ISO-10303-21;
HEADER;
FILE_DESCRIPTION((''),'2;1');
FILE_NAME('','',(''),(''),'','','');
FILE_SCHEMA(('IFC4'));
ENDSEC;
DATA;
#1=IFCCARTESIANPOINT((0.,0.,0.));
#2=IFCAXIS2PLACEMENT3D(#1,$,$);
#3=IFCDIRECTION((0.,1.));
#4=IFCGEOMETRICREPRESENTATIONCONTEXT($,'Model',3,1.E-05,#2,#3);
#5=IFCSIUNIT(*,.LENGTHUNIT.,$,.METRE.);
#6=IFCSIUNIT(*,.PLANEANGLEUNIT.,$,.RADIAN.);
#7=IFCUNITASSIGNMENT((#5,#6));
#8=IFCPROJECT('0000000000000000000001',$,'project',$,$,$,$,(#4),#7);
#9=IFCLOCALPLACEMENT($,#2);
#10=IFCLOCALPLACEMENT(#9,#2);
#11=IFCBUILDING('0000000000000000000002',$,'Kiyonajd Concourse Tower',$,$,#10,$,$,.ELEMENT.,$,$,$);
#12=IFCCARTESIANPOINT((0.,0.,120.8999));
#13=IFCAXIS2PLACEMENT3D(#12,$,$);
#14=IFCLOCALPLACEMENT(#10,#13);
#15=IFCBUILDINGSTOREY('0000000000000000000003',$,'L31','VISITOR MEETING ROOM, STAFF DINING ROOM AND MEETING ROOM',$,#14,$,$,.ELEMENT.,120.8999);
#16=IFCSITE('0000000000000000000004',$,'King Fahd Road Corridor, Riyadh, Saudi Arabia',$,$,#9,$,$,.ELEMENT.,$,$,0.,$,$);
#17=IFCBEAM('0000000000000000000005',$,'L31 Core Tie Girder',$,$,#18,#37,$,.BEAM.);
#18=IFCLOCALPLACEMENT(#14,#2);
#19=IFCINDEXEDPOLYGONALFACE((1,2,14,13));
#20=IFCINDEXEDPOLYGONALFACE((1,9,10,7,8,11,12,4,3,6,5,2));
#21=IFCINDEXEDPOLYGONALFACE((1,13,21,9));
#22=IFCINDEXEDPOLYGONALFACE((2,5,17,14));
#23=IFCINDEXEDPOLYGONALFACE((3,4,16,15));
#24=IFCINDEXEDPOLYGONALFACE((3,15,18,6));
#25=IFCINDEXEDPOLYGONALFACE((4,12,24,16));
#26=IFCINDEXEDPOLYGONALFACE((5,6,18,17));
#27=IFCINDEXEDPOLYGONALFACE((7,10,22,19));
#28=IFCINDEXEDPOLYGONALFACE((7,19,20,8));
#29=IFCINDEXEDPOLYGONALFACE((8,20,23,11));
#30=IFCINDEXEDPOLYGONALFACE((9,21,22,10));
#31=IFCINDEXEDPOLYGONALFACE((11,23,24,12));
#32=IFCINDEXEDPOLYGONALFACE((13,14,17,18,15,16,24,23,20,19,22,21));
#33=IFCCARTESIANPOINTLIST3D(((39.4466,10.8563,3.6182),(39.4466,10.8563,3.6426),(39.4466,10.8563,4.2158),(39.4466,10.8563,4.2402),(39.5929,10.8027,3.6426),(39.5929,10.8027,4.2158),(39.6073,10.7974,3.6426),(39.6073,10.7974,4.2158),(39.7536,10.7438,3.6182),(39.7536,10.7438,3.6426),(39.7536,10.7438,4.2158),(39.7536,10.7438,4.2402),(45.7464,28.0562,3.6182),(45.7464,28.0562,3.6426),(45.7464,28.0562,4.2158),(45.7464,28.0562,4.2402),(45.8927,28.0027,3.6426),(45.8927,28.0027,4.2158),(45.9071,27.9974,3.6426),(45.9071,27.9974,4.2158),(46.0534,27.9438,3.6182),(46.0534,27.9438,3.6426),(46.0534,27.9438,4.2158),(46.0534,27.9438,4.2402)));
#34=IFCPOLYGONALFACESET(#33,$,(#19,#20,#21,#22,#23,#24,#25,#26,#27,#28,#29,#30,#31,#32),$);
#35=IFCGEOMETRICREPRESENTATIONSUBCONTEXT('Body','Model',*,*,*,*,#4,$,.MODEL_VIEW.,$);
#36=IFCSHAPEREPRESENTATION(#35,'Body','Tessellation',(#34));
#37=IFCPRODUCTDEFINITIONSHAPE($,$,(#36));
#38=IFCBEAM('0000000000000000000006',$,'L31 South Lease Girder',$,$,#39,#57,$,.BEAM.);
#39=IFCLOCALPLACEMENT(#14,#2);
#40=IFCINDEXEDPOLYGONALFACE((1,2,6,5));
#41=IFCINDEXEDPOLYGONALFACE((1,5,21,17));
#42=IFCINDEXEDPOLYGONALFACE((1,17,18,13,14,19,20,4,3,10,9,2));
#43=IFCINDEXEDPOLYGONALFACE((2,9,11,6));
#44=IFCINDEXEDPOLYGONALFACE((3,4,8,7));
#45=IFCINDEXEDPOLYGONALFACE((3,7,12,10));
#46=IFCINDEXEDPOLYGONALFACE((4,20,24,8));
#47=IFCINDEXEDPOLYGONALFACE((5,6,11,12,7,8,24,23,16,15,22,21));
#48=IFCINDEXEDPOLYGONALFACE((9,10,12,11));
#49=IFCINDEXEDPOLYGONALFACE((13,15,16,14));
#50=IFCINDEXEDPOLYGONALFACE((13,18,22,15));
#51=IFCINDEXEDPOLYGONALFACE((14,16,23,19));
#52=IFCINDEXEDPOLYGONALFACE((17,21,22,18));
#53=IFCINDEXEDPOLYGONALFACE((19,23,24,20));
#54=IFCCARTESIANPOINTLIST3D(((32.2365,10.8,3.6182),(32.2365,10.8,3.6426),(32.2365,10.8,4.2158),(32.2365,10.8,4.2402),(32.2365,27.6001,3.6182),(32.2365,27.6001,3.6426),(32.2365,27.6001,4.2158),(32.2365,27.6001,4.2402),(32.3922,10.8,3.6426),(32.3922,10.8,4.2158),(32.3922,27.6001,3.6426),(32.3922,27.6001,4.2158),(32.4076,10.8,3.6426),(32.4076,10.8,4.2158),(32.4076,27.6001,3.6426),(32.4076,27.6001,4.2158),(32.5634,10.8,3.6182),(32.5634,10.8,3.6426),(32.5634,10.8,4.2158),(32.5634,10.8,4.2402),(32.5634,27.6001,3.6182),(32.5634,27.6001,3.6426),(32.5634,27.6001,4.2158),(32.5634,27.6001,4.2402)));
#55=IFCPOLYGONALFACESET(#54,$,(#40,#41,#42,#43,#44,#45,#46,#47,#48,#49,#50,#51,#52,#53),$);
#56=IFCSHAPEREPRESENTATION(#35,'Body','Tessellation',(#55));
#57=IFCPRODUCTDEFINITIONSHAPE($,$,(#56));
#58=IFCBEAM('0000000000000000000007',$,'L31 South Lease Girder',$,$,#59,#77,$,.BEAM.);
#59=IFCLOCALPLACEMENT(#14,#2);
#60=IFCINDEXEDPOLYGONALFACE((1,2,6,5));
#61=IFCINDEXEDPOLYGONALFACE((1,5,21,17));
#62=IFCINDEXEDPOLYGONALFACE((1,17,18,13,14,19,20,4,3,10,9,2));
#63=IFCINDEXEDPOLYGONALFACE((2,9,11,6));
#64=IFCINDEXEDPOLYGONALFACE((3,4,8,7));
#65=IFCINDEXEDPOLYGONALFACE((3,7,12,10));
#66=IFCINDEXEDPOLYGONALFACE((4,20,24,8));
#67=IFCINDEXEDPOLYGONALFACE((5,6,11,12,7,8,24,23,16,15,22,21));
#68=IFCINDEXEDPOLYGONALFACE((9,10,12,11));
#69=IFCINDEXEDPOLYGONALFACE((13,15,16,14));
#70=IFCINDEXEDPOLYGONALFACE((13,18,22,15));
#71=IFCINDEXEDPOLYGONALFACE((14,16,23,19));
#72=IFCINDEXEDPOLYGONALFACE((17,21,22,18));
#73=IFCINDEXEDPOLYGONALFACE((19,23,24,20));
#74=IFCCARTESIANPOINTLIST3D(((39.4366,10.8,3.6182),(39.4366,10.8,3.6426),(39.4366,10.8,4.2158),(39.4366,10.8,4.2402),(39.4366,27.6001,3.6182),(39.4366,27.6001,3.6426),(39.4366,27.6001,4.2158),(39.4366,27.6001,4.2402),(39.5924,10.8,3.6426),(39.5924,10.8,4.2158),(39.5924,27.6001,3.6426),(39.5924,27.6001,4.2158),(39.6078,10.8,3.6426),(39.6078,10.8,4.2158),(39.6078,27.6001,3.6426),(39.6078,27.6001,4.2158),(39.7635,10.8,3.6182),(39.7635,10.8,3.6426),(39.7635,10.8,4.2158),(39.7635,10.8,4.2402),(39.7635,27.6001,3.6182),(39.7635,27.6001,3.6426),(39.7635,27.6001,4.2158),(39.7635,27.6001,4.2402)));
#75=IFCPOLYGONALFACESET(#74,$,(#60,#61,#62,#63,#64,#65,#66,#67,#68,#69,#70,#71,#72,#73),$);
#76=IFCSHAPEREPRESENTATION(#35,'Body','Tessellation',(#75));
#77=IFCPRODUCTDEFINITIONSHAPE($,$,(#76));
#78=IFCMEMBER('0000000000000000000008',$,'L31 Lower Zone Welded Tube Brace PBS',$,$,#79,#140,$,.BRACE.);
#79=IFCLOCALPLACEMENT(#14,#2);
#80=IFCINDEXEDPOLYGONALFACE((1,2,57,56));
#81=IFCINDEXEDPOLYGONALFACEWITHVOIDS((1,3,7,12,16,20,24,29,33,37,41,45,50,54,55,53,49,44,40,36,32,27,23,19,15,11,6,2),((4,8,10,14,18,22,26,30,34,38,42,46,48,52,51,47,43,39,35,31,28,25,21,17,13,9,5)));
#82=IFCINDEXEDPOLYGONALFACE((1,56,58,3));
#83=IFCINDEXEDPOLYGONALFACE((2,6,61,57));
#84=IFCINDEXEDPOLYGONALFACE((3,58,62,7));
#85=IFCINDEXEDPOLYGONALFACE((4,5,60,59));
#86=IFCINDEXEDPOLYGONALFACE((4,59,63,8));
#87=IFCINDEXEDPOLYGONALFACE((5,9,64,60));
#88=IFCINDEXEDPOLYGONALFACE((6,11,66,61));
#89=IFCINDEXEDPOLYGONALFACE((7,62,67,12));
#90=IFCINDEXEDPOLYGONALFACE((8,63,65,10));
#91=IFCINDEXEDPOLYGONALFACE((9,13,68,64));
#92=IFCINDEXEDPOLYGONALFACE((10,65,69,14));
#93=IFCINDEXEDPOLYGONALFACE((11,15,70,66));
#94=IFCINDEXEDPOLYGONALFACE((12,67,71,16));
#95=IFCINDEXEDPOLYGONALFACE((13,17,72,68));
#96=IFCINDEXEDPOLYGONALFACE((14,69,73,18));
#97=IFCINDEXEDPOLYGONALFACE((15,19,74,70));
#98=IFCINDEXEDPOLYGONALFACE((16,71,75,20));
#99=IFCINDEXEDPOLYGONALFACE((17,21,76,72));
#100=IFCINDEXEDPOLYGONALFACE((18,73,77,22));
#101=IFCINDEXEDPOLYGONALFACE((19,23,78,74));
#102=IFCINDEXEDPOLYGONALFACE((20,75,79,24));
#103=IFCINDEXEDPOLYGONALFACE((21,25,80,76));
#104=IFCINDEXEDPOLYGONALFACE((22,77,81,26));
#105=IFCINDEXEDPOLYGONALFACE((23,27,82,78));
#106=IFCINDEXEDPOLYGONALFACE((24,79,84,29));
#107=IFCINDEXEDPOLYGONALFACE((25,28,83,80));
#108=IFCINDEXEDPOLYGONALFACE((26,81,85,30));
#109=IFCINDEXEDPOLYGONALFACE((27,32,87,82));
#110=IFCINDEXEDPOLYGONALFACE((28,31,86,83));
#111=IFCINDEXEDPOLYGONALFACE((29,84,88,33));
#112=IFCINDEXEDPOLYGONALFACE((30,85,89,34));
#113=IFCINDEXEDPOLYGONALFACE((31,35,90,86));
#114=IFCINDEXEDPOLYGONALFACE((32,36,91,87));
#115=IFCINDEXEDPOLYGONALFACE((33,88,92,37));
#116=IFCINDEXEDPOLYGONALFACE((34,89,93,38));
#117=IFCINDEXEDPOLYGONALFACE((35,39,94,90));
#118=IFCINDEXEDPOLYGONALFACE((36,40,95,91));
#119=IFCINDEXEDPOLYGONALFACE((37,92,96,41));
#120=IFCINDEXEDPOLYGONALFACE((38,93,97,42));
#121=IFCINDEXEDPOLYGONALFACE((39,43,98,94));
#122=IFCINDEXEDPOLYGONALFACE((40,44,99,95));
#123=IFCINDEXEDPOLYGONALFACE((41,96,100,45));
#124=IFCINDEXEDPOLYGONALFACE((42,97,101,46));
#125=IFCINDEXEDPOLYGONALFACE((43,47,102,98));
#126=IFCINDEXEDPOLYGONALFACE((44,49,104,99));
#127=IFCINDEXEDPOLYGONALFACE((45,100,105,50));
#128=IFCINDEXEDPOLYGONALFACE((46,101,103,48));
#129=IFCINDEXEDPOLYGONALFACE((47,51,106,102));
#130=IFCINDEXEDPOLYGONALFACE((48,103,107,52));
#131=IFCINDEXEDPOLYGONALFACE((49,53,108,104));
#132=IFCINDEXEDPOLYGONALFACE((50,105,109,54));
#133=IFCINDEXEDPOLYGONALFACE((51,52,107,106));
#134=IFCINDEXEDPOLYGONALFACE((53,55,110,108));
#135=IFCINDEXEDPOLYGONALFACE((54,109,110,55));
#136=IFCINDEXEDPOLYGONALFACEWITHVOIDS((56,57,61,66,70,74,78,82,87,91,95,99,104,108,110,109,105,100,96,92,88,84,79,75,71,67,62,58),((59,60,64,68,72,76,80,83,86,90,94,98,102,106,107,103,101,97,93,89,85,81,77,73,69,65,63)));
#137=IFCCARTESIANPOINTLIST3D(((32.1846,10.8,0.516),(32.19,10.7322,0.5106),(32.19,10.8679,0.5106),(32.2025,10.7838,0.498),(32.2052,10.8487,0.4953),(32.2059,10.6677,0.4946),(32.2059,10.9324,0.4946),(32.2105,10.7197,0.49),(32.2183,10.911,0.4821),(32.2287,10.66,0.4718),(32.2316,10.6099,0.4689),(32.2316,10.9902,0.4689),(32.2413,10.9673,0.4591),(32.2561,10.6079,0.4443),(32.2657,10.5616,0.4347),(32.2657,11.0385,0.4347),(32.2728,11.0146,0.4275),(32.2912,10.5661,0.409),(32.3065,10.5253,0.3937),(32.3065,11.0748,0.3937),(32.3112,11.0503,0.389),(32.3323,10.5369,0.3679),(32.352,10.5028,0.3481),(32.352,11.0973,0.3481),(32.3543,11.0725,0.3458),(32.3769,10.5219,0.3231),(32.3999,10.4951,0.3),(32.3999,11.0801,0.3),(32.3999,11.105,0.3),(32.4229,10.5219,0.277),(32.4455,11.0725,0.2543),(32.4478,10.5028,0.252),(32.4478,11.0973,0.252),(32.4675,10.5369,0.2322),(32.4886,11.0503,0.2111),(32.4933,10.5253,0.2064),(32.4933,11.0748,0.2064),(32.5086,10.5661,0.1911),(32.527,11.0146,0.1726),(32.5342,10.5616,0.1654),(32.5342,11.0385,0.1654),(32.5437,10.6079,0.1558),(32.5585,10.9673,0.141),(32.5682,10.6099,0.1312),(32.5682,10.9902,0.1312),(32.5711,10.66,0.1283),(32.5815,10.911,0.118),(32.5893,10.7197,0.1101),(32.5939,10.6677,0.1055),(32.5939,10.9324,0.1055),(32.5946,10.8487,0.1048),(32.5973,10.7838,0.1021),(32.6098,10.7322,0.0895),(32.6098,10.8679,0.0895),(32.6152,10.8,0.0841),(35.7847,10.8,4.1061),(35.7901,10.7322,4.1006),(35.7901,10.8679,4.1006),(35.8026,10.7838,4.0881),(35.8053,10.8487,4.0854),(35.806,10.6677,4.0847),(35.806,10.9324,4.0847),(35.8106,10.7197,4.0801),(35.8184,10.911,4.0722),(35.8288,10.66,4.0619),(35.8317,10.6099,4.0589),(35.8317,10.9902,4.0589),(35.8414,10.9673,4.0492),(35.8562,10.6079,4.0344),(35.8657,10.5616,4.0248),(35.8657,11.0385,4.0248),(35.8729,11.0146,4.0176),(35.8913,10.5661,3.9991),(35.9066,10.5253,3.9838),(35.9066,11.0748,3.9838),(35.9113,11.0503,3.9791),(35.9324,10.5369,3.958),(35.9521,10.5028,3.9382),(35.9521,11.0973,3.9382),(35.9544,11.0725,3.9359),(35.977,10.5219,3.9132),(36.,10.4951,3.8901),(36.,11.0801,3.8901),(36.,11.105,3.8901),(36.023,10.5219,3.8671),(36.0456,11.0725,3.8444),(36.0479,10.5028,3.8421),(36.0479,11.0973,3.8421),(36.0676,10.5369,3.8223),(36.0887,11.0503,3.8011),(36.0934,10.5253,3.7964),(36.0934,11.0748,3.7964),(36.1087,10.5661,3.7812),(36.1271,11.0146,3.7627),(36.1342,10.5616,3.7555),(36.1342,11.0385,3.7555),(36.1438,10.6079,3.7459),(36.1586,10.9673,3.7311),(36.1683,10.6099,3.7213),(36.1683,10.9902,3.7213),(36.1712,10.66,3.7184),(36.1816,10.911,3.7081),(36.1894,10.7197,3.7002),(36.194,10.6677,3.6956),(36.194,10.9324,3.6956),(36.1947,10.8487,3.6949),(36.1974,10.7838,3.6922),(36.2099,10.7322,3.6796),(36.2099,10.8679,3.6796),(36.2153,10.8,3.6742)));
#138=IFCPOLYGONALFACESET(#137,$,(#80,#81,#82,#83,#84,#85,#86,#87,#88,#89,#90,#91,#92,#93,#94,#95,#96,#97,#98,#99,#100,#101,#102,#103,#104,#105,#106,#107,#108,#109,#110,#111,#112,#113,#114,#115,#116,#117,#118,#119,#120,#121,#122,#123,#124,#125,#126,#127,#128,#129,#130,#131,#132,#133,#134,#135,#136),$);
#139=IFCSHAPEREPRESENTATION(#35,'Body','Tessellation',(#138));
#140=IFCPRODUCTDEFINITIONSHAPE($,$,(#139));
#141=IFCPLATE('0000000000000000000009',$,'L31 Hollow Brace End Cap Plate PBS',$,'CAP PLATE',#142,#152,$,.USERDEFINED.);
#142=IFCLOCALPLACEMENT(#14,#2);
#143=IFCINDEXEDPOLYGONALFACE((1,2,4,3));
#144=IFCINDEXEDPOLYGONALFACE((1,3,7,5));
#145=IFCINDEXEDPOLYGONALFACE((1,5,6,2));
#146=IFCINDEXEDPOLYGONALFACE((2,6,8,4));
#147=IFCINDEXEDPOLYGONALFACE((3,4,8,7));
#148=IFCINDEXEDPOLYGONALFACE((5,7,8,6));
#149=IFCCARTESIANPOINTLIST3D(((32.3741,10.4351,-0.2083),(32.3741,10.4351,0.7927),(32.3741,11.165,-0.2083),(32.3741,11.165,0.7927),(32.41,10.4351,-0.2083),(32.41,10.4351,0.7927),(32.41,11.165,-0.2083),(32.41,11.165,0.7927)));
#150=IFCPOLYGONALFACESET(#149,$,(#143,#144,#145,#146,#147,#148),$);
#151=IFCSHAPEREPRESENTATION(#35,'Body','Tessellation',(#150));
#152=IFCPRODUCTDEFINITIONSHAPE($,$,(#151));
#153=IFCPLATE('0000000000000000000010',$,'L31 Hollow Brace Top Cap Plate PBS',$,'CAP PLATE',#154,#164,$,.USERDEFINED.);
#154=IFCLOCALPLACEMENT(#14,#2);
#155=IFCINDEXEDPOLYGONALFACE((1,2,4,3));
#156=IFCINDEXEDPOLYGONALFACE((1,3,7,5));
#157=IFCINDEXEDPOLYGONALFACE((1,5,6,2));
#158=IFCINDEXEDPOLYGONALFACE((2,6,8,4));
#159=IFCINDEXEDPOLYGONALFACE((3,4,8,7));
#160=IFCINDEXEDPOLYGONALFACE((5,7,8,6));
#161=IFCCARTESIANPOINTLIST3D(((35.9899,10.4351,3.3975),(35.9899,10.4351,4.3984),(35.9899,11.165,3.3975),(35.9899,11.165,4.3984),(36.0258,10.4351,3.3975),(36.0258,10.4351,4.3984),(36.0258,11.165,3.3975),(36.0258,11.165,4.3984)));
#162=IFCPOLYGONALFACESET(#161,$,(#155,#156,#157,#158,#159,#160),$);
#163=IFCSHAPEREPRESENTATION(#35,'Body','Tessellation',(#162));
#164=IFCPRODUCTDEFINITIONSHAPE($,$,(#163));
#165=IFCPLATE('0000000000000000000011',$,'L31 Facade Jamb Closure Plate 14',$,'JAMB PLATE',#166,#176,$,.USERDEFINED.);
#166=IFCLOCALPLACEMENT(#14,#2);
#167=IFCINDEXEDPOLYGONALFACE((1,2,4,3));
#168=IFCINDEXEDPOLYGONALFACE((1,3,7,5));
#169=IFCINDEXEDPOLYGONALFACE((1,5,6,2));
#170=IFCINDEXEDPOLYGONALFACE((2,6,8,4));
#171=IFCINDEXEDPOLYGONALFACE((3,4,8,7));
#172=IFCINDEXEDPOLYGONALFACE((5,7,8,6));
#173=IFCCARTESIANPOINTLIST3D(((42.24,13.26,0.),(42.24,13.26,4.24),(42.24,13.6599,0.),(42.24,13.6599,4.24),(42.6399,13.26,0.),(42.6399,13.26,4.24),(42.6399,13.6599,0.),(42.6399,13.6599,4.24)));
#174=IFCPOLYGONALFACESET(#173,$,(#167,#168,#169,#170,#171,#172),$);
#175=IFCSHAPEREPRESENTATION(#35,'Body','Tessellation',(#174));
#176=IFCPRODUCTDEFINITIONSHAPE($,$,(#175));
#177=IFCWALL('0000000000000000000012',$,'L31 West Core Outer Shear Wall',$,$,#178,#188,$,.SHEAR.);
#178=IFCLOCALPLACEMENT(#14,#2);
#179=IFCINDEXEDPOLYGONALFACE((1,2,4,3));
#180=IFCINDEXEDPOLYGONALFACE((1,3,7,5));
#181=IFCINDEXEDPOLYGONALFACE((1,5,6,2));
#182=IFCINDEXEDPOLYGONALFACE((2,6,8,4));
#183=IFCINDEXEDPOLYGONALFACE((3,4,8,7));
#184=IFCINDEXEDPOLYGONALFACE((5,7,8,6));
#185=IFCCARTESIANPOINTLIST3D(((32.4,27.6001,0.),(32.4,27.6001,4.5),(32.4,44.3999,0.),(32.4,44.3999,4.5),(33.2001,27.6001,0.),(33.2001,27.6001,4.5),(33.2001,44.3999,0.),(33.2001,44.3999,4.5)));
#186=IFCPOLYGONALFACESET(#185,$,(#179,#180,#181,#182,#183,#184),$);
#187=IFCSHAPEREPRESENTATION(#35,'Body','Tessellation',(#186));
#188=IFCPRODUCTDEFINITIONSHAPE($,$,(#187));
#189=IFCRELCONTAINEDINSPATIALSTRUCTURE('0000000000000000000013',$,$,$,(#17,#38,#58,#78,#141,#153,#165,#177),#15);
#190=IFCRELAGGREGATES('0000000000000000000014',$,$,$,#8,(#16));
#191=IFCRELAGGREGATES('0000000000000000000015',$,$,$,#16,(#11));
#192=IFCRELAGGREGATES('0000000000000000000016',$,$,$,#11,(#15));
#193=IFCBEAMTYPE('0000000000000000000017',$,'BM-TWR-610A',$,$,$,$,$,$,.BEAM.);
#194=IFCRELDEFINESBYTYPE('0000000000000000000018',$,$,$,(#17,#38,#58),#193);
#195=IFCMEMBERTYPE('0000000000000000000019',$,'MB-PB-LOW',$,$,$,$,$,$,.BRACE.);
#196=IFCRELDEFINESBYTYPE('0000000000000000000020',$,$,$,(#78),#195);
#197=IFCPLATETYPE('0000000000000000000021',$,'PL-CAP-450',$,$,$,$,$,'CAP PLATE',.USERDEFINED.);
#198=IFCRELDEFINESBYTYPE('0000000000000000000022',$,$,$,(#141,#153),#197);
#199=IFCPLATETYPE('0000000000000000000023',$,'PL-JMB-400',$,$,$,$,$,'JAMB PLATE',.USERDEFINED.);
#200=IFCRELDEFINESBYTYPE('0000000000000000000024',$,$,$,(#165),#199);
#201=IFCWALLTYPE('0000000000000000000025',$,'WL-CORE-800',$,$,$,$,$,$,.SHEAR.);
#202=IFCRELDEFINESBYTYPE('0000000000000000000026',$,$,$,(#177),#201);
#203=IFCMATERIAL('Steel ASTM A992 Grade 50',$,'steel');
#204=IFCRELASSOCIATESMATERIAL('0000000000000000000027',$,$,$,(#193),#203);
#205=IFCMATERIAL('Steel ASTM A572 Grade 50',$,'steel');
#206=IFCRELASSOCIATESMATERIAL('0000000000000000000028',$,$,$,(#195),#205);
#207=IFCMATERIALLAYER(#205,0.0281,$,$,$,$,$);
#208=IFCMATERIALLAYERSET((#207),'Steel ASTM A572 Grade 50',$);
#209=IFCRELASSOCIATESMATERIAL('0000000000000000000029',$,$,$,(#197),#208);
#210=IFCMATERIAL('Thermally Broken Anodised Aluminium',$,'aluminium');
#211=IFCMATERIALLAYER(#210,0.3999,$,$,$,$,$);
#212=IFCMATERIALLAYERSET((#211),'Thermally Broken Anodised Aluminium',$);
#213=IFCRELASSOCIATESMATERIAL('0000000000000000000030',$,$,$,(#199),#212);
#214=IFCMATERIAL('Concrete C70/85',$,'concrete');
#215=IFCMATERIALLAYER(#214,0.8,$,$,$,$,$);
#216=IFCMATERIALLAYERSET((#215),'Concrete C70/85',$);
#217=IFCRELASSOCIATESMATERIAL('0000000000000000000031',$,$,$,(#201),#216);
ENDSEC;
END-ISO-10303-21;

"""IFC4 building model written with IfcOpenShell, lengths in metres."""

from ifc_helpers import new_model, si_unit, direction, frame, frame_2d, origin, origin_2d, place, context, subcontext, project, spatial, rectangle, hollow_circle, i_section, extrude, material, layer, layer_set, material_profile, profile_set, type_object, element, save


model = new_model("IFC4")

# Units and contexts
model_context = context("Model", 3, precision=1e-05, world=origin(), true_north=direction((0.0, 1.0)))
body_context = subcontext(model_context, "Body", "Model", "MODEL_VIEW")
ifc_project = project(units=[si_unit("LENGTHUNIT", "METRE"), si_unit("PLANEANGLEUNIT", "RADIAN")], contexts=[model_context])

# Site, building, storey
site_placement = place(None, origin())
site = spatial("IfcSite", under=ifc_project, at=site_placement, Name="King Fahd Road Corridor, Riyadh, Saudi Arabia", CompositionType="ELEMENT", RefElevation=0.0)
building_placement = place(site_placement, origin())
building = spatial("IfcBuilding", under=site, at=building_placement, Name="Kiyonajd Concourse Tower", CompositionType="ELEMENT")
storey_placement = place(building_placement, frame((0.0, 0.0, 120.8999)))
storey = spatial("IfcBuildingStorey", under=building, at=storey_placement, Name="L31", Description="VISITOR MEETING ROOM, STAFF DINING ROOM AND MEETING ROOM", CompositionType="ELEMENT", Elevation=120.8999)

# Shared definitions
ifc_material_1 = material(Name="Concrete C70/85", Category="concrete")

# Beams
ifc_material_2 = material(Name="Steel ASTM A992 Grade 50", Category="steel")
ifc_material_profile_1 = material_profile(ifc_material_2, i_section(OverallWidth=0.3269, OverallDepth=0.6221, WebThickness=0.0154, FlangeThickness=0.0244, at=origin_2d()), Name="W610X195")
ifc_profile_set_1 = profile_set([ifc_material_profile_1], Name="Steel ASTM A992 Grade 50")
beam_type_1 = type_object("IfcBeamType", Name="BM-TWR-610A", PredefinedType="BEAM", material=ifc_profile_set_1)
beam_1_placement = place(storey_placement, frame((39.6001, 10.8, 3.9292), z_axis=(0.343925, 0.938997, 0.0), x_axis=(-0.938997, 0.343925, 0.0)))
element("IfcBeam", 1, at=beam_1_placement, inside=storey, type_object=beam_type_1, Name="L31 Core Tie Girder", PredefinedType="BEAM", context=body_context, shape_type="SweptSolid", body=[
    extrude(i_section(OverallWidth=0.3269, OverallDepth=0.6221, WebThickness=0.0154, FlangeThickness=0.0244, at=origin_2d()), origin(), (0.0, 0.0, 1.0), 18.3174),
])
for number, where, z_axis, x_axis, name in (
    (2, (32.3999, 10.8, 3.9292), (0.0, 1.0, 0.0), (-1.0, 0.0, 0.0), "L31 South Lease Girder"),
    (3, (39.6001, 10.8, 3.9292), (0.0, 1.0, 0.0), (-1.0, 0.0, 0.0), "L31 South Lease Girder"),
):
    element("IfcBeam", number, at=place(storey_placement, frame(where, z_axis=z_axis, x_axis=x_axis)), inside=storey, type_object=beam_type_1, Name=name, PredefinedType="BEAM", context=body_context, shape_type="SweptSolid", body=[
        extrude(i_section(OverallWidth=0.3269, OverallDepth=0.6221, WebThickness=0.0154, FlangeThickness=0.0244, at=origin_2d()), origin(), (0.0, 0.0, 1.0), 16.8),
    ])

# Member
ifc_material_3 = material(Name="Steel ASTM A572 Grade 50", Category="steel")
ifc_material_profile_2 = material_profile(ifc_material_3, hollow_circle(Radius=0.3049, WallThickness=0.0249, at=origin_2d()), Name="CHS-610x25")
ifc_profile_set_2 = profile_set([ifc_material_profile_2], Name="Steel ASTM A572 Grade 50")
member_type = type_object("IfcMemberType", Name="MB-PB-LOW", PredefinedType="BRACE", material=ifc_profile_set_2)
member_placement = place(storey_placement, frame((32.3999, 10.8, 0.3), z_axis=(0.70809, 0.0, 0.706122), x_axis=(0.0, 1.0, 0.0)))
element("IfcMember", 4, at=member_placement, inside=storey, type_object=member_type, Name="L31 Lower Zone Welded Tube Brace PBS", PredefinedType="BRACE", context=body_context, shape_type="SweptSolid", body=[
    extrude(hollow_circle(Radius=0.3049, WallThickness=0.0249, at=origin_2d()), origin(), (0.0, 0.0, 1.0), 5.0842),
])

# Plates
ifc_layer_1 = layer(ifc_material_3, 0.0281)
ifc_layer_set_1 = layer_set([ifc_layer_1], Name="Steel ASTM A572 Grade 50")
plate_type_1 = type_object("IfcPlateType", Name="PL-CAP-450", ElementType="CAP PLATE", PredefinedType="USERDEFINED", material=ifc_layer_set_1)
for number, where, z_axis, x_axis, name in (
    (5, (32.3921, 10.8, -0.2083), (0.0, 0.0, 1.0), (-1.0, 0.0, 0.0), "L31 Hollow Brace End Cap Plate PBS"),
    (6, (36.0078, 10.8, 3.3975), (0.0, 0.0, 1.0), (1.0, 0.0, 0.0), "L31 Hollow Brace Top Cap Plate PBS"),
):
    element("IfcPlate", number, at=place(storey_placement, frame(where, z_axis=z_axis, x_axis=x_axis)), inside=storey, type_object=plate_type_1, Name=name, ObjectType="CAP PLATE", PredefinedType="USERDEFINED", context=body_context, shape_type="SweptSolid", body=[
        extrude(rectangle(XDim=0.0359, YDim=0.73, at=origin_2d()), origin(), (0.0, 0.0, 1.0), 1.001),
    ])
ifc_material_4 = material(Name="Thermally Broken Anodised Aluminium", Category="aluminium")
ifc_layer_2 = layer(ifc_material_4, 0.3999)
ifc_layer_set_2 = layer_set([ifc_layer_2], Name="Thermally Broken Anodised Aluminium")
plate_type_2 = type_object("IfcPlateType", Name="PL-JMB-400", ElementType="JAMB PLATE", PredefinedType="USERDEFINED", material=ifc_layer_set_2)
plate_placement = place(storey_placement, frame((42.4399, 13.46, 0.0), z_axis=(0.0, 0.0, 1.0), x_axis=(1.0, 0.0, 0.0)))
element("IfcPlate", 7, at=plate_placement, inside=storey, type_object=plate_type_2, Name="L31 Facade Jamb Closure Plate 14", ObjectType="JAMB PLATE", PredefinedType="USERDEFINED", context=body_context, shape_type="SweptSolid", body=[
    extrude(rectangle(XDim=0.3999, YDim=0.3999, at=origin_2d()), origin(), (0.0, 0.0, 1.0), 4.24),
])

# Wall
ifc_layer_3 = layer(ifc_material_1, 0.8)
ifc_layer_set_3 = layer_set([ifc_layer_3], Name="Concrete C70/85")
wall_type_1 = type_object("IfcWallType", Name="WL-CORE-800", PredefinedType="SHEAR", material=ifc_layer_set_3)
wall_1_placement = place(storey_placement, frame((32.8, 27.6001, 0.0), z_axis=(0.0, 0.0, 1.0), x_axis=(0.0, 1.0, 0.0)))
element("IfcWall", 8, at=wall_1_placement, inside=storey, type_object=wall_type_1, Name="L31 West Core Outer Shear Wall", PredefinedType="SHEAR", context=body_context, shape_type="SweptSolid", body=[
    extrude(rectangle(XDim=16.7998, YDim=0.8, at=frame_2d((8.3999, 0.0))), origin(), (0.0, 0.0, 1.0), 4.5),
])

save(model, "model.ifc")
